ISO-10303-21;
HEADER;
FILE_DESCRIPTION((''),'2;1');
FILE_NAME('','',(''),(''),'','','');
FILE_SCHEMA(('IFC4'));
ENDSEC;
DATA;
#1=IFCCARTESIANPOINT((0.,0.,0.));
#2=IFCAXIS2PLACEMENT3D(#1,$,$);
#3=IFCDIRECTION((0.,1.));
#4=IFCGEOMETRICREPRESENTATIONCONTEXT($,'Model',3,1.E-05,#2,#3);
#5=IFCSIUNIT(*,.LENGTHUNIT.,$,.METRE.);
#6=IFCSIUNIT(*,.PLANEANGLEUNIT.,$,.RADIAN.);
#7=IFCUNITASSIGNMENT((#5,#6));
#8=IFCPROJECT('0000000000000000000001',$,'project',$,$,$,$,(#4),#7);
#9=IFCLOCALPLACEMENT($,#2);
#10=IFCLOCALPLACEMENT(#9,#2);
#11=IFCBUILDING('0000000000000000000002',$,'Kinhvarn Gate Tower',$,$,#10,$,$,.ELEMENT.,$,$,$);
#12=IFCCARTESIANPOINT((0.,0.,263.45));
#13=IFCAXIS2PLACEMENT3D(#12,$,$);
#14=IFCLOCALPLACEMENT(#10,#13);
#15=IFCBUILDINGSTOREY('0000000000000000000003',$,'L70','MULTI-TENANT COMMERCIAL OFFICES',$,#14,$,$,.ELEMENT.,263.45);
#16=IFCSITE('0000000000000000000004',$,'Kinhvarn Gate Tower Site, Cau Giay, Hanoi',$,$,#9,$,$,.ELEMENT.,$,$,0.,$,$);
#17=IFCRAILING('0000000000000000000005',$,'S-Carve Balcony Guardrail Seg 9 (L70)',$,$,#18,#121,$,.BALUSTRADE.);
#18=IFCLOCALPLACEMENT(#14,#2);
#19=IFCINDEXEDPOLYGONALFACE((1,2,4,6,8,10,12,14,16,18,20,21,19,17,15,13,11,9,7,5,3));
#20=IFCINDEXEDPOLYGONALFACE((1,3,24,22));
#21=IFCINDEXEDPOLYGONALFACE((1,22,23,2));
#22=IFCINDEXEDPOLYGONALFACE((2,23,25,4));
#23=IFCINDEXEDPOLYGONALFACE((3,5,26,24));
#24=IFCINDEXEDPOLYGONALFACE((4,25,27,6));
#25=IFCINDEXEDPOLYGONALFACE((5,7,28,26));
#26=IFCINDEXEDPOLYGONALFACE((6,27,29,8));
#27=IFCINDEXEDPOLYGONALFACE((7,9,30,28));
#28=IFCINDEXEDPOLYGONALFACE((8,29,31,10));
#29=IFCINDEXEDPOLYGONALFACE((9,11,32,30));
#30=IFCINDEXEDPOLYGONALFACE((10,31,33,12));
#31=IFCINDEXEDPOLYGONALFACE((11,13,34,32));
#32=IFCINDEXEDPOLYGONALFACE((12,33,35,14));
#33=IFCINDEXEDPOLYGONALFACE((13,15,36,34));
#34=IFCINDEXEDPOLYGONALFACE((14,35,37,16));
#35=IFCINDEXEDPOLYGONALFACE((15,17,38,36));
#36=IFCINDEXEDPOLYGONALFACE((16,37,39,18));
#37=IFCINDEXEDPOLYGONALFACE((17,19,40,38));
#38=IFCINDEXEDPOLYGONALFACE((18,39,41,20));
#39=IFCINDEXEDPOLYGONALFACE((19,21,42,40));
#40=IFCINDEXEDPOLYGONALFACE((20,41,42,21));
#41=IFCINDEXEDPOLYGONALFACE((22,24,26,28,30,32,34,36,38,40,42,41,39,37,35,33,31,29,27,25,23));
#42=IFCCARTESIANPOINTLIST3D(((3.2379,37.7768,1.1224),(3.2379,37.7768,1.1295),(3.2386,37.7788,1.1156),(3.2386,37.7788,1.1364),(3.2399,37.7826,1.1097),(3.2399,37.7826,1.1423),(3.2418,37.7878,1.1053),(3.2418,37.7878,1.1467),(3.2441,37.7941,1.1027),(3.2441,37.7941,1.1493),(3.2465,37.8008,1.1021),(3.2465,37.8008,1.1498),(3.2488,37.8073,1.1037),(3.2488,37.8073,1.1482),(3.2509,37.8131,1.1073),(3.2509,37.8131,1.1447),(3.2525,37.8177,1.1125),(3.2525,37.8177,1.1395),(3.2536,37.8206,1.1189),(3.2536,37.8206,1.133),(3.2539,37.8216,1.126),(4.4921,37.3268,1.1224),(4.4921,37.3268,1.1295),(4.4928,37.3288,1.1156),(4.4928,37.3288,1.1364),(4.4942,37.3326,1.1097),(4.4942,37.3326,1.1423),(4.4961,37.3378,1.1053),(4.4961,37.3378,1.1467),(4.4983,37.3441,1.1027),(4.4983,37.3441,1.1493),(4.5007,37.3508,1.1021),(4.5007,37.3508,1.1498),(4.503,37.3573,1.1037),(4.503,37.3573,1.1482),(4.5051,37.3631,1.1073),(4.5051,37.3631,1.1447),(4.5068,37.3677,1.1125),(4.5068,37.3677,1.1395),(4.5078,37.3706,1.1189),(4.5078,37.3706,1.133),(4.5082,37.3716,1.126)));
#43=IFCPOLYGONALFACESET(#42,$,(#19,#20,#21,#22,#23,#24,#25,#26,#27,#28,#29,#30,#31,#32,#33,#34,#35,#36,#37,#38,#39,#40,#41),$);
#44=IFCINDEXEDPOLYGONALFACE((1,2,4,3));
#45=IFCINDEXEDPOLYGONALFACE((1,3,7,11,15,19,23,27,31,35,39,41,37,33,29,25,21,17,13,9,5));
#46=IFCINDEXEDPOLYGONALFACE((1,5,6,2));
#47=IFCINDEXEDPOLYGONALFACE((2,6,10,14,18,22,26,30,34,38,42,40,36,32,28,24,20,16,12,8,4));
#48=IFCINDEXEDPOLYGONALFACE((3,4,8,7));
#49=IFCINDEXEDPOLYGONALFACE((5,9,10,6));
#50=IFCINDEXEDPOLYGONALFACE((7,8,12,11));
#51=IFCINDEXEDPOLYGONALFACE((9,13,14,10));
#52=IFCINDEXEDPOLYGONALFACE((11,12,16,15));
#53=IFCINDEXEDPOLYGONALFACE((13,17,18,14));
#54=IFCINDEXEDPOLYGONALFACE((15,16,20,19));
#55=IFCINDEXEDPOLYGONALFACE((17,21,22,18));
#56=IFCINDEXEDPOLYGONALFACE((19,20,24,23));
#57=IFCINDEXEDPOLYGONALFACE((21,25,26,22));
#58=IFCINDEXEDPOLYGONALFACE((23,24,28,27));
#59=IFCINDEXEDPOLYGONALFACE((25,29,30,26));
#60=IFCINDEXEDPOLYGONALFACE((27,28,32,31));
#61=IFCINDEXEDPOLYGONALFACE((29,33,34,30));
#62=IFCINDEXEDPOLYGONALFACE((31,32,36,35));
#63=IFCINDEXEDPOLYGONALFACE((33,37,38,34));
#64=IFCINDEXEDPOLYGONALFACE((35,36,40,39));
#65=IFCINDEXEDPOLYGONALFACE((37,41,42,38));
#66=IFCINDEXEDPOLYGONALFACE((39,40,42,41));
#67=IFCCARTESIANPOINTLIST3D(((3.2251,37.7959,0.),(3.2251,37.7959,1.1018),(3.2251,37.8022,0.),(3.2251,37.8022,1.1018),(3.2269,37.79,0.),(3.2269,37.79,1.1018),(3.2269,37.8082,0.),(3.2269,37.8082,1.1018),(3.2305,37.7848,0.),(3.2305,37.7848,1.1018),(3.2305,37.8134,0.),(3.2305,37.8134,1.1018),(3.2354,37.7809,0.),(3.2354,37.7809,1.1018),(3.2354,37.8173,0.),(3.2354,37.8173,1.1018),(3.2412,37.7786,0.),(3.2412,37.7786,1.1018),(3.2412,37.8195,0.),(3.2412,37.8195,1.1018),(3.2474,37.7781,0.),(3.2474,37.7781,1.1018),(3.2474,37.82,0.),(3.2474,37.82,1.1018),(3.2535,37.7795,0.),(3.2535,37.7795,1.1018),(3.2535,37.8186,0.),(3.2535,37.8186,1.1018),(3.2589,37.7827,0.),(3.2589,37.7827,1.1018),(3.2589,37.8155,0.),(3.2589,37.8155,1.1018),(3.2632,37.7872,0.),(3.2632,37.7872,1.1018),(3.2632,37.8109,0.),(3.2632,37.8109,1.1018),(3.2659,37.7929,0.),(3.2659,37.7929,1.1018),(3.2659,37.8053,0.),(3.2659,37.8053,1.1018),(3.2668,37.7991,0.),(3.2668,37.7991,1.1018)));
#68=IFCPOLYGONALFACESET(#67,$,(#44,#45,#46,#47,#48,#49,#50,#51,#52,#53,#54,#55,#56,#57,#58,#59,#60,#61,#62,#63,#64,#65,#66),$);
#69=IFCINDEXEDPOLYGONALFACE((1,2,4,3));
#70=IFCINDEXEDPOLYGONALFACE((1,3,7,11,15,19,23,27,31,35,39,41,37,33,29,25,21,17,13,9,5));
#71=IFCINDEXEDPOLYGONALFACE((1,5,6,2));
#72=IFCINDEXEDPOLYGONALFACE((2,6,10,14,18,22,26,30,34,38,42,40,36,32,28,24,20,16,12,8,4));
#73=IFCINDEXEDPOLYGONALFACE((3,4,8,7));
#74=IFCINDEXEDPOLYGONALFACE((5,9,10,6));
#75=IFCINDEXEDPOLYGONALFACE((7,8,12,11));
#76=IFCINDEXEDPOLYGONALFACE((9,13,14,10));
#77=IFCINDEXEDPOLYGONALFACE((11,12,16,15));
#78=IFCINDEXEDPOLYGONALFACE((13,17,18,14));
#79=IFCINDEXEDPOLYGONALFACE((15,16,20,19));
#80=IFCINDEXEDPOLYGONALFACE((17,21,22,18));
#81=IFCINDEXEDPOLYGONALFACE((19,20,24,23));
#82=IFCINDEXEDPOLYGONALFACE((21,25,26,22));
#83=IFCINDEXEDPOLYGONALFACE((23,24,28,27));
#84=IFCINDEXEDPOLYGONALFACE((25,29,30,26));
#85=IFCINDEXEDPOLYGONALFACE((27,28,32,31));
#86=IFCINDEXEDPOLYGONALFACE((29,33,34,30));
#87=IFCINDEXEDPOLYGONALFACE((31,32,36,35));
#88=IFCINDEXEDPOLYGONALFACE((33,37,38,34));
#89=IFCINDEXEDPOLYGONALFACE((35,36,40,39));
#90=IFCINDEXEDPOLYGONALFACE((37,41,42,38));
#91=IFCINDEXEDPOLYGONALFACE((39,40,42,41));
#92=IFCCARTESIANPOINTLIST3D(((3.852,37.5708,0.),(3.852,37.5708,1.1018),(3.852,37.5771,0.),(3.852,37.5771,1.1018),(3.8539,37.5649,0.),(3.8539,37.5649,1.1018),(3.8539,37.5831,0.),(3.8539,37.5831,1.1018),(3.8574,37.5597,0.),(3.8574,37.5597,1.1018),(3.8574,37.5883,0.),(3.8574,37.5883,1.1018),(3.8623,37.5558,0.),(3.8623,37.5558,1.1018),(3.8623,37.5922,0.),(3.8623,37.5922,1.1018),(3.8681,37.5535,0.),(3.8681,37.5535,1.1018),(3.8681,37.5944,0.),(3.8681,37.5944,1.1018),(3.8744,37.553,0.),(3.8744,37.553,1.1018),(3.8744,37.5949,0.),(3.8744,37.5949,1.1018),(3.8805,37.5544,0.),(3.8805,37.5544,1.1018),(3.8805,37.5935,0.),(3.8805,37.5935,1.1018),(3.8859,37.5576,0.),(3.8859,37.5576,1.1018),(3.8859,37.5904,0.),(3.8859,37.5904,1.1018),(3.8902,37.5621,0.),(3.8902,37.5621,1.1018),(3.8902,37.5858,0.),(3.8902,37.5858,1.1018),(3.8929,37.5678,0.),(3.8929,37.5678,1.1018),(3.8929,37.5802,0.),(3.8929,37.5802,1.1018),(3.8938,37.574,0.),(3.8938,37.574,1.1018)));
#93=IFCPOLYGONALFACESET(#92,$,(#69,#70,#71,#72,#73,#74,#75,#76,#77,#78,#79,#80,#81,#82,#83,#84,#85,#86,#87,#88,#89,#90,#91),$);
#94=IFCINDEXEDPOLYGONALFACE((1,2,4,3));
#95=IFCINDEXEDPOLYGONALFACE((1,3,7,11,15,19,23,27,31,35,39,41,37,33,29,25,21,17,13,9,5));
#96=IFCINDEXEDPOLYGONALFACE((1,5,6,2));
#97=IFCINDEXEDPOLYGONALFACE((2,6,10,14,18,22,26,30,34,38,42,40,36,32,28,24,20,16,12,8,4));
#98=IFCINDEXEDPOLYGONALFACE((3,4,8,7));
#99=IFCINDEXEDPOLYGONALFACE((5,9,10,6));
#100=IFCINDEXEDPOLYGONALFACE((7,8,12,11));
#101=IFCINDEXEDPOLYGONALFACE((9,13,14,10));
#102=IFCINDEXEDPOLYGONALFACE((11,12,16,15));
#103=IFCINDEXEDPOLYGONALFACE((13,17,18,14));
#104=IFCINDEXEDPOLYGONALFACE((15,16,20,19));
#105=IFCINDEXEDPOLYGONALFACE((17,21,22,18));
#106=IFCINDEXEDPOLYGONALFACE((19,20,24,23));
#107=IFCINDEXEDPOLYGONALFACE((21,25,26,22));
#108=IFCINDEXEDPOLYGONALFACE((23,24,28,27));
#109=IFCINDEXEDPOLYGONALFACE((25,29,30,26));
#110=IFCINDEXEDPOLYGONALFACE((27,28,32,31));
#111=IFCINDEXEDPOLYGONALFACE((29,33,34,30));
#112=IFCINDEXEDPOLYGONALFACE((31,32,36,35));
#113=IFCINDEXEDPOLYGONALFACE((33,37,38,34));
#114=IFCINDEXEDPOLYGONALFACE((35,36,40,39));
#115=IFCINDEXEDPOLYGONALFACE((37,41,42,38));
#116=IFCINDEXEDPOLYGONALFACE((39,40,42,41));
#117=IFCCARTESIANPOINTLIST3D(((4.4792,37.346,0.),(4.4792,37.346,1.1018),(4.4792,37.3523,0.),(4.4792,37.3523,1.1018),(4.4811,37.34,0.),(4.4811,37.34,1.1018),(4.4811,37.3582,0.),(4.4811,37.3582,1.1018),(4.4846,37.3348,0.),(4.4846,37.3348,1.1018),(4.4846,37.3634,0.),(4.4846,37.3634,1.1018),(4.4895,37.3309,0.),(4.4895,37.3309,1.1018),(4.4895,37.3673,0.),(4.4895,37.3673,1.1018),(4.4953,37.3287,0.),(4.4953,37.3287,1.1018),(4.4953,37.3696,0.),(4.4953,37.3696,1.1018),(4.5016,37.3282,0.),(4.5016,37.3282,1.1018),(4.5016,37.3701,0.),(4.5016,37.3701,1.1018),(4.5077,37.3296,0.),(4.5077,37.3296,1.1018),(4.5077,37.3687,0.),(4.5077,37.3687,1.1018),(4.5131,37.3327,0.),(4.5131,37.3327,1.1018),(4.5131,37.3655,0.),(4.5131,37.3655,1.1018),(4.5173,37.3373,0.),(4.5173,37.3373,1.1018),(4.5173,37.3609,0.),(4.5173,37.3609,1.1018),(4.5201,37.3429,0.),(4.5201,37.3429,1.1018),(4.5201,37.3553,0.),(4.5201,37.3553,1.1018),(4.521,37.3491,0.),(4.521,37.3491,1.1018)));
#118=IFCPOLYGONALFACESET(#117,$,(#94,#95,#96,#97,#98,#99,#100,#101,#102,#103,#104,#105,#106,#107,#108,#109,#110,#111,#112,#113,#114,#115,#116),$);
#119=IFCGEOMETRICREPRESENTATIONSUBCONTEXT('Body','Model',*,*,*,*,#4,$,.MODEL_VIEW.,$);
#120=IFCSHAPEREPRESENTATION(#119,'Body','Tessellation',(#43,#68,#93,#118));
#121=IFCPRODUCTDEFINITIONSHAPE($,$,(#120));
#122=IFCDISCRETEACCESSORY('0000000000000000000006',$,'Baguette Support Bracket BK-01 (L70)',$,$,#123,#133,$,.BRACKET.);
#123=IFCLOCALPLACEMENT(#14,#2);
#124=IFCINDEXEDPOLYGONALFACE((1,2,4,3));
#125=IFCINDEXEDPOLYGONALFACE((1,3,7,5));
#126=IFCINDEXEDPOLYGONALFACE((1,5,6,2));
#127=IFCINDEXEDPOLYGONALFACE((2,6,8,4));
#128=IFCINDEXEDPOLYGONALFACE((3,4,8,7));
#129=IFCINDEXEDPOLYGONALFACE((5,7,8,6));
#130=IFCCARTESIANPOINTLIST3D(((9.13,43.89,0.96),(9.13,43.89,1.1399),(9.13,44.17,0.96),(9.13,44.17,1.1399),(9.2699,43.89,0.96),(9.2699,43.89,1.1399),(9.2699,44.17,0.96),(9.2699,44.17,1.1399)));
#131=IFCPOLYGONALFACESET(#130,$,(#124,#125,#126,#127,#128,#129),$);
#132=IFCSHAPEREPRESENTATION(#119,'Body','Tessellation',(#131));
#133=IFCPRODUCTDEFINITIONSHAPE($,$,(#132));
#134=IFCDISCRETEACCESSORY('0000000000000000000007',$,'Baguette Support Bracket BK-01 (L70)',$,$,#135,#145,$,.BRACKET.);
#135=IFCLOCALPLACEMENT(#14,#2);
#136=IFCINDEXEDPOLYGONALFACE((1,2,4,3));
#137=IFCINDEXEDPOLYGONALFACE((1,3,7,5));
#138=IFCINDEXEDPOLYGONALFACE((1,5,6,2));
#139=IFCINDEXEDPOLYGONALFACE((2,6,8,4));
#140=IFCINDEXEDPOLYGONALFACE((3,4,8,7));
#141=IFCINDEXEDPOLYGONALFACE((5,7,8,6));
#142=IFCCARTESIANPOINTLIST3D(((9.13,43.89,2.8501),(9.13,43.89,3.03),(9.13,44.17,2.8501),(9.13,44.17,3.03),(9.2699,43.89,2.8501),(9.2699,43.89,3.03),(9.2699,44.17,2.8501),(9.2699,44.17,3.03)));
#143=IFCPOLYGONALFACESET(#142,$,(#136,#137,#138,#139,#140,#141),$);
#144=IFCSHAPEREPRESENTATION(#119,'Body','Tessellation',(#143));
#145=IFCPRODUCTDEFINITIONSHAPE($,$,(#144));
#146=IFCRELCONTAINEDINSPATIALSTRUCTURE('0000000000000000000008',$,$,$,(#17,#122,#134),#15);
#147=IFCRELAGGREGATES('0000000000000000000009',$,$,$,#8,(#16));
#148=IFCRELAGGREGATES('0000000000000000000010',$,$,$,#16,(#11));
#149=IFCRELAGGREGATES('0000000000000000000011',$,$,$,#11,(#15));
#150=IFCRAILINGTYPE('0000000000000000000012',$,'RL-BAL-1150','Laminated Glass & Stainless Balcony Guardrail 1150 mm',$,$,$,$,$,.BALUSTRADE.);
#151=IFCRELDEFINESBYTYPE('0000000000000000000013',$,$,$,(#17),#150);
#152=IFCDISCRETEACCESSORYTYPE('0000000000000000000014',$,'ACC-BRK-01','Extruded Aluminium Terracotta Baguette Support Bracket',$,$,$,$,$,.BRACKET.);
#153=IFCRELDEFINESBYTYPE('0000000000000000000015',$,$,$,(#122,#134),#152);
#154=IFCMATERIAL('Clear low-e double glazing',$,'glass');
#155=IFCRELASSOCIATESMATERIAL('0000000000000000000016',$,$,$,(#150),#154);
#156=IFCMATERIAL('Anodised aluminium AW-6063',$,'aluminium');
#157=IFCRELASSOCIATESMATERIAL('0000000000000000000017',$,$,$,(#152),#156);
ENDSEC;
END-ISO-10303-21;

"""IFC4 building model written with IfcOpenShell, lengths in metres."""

from ifc_helpers import new_model, si_unit, direction, frame, origin, origin_2d, place, context, subcontext, project, spatial, rectangle, circle, extrude, material, type_object, element, save


model = new_model("IFC4")

# Units and contexts
model_context = context("Model", 3, precision=1e-05, world=origin(), true_north=direction((0.0, 1.0)))
body_context = subcontext(model_context, "Body", "Model", "MODEL_VIEW")
ifc_project = project(units=[si_unit("LENGTHUNIT", "METRE"), si_unit("PLANEANGLEUNIT", "RADIAN")], contexts=[model_context])

# Site, building, storey
site_placement = place(None, origin())
site = spatial("IfcSite", under=ifc_project, at=site_placement, Name="Kinhvarn Gate Tower Site, Cau Giay, Hanoi", CompositionType="ELEMENT", RefElevation=0.0)
building_placement = place(site_placement, origin())
building = spatial("IfcBuilding", under=site, at=building_placement, Name="Kinhvarn Gate Tower", CompositionType="ELEMENT")
storey_placement = place(building_placement, frame((0.0, 0.0, 263.45)))
storey = spatial("IfcBuildingStorey", under=building, at=storey_placement, Name="L70", Description="MULTI-TENANT COMMERCIAL OFFICES", CompositionType="ELEMENT", Elevation=263.45)

# Shared definitions
ifc_material_1 = material(Name="Anodised aluminium AW-6063", Category="aluminium")

# Shared definitions
ifc_material_2 = material(Name="Clear low-e double glazing", Category="glass")

# Railing
railing_type = type_object("IfcRailingType", Name="RL-BAL-1150", Description="Laminated Glass & Stainless Balcony Guardrail 1150 mm", PredefinedType="BALUSTRADE", material=ifc_material_2)
railing_1_placement = place(storey_placement, frame((3.2458, 37.7991, 0.0)))
element("IfcRailing", 1, at=railing_1_placement, inside=storey, type_object=railing_type, Name="S-Carve Balcony Guardrail Seg 9 (L70)", PredefinedType="BALUSTRADE", context=body_context, shape_type="SweptSolid", body=[
    extrude(circle(Radius=0.0239, at=origin_2d()), frame((0.0, 0.0, 1.126), z_axis=(0.941256, -0.337694, 0.0), x_axis=(0.337694, 0.941256, 0.0)), (0.0, 0.0, 1.0), 1.3325),
    extrude(circle(Radius=0.021, at=origin_2d()), origin(), (0.0, 0.0, 1.0), 1.1018),
    extrude(circle(Radius=0.021, at=origin_2d()), frame((0.627, -0.2251, 0.0)), (0.0, 0.0, 1.0), 1.1018),
    extrude(circle(Radius=0.021, at=origin_2d()), frame((1.2542, -0.45, 0.0)), (0.0, 0.0, 1.0), 1.1018),
])

# Discrete accessories
discrete_accessory_type = type_object("IfcDiscreteAccessoryType", Name="ACC-BRK-01", Description="Extruded Aluminium Terracotta Baguette Support Bracket", PredefinedType="BRACKET", material=ifc_material_1)
for number, where, z_axis, x_axis, name in (
    (2, (9.2, 44.03, 0.96), (0.0, 0.0, 1.0), (-1.0, 0.0, 0.0), "Baguette Support Bracket BK-01 (L70)"),
    (3, (9.2, 44.03, 2.8501), (0.0, 0.0, 1.0), (-1.0, 0.0, 0.0), "Baguette Support Bracket BK-01 (L70)"),
):
    element("IfcDiscreteAccessory", number, at=place(storey_placement, frame(where, z_axis=z_axis, x_axis=x_axis)), inside=storey, type_object=discrete_accessory_type, Name=name, PredefinedType="BRACKET", context=body_context, shape_type="SweptSolid", body=[
        extrude(rectangle(XDim=0.1399, YDim=0.28, at=origin_2d()), origin(), (0.0, 0.0, 1.0), 0.1799),
    ])

save(model, "model.ifc")
